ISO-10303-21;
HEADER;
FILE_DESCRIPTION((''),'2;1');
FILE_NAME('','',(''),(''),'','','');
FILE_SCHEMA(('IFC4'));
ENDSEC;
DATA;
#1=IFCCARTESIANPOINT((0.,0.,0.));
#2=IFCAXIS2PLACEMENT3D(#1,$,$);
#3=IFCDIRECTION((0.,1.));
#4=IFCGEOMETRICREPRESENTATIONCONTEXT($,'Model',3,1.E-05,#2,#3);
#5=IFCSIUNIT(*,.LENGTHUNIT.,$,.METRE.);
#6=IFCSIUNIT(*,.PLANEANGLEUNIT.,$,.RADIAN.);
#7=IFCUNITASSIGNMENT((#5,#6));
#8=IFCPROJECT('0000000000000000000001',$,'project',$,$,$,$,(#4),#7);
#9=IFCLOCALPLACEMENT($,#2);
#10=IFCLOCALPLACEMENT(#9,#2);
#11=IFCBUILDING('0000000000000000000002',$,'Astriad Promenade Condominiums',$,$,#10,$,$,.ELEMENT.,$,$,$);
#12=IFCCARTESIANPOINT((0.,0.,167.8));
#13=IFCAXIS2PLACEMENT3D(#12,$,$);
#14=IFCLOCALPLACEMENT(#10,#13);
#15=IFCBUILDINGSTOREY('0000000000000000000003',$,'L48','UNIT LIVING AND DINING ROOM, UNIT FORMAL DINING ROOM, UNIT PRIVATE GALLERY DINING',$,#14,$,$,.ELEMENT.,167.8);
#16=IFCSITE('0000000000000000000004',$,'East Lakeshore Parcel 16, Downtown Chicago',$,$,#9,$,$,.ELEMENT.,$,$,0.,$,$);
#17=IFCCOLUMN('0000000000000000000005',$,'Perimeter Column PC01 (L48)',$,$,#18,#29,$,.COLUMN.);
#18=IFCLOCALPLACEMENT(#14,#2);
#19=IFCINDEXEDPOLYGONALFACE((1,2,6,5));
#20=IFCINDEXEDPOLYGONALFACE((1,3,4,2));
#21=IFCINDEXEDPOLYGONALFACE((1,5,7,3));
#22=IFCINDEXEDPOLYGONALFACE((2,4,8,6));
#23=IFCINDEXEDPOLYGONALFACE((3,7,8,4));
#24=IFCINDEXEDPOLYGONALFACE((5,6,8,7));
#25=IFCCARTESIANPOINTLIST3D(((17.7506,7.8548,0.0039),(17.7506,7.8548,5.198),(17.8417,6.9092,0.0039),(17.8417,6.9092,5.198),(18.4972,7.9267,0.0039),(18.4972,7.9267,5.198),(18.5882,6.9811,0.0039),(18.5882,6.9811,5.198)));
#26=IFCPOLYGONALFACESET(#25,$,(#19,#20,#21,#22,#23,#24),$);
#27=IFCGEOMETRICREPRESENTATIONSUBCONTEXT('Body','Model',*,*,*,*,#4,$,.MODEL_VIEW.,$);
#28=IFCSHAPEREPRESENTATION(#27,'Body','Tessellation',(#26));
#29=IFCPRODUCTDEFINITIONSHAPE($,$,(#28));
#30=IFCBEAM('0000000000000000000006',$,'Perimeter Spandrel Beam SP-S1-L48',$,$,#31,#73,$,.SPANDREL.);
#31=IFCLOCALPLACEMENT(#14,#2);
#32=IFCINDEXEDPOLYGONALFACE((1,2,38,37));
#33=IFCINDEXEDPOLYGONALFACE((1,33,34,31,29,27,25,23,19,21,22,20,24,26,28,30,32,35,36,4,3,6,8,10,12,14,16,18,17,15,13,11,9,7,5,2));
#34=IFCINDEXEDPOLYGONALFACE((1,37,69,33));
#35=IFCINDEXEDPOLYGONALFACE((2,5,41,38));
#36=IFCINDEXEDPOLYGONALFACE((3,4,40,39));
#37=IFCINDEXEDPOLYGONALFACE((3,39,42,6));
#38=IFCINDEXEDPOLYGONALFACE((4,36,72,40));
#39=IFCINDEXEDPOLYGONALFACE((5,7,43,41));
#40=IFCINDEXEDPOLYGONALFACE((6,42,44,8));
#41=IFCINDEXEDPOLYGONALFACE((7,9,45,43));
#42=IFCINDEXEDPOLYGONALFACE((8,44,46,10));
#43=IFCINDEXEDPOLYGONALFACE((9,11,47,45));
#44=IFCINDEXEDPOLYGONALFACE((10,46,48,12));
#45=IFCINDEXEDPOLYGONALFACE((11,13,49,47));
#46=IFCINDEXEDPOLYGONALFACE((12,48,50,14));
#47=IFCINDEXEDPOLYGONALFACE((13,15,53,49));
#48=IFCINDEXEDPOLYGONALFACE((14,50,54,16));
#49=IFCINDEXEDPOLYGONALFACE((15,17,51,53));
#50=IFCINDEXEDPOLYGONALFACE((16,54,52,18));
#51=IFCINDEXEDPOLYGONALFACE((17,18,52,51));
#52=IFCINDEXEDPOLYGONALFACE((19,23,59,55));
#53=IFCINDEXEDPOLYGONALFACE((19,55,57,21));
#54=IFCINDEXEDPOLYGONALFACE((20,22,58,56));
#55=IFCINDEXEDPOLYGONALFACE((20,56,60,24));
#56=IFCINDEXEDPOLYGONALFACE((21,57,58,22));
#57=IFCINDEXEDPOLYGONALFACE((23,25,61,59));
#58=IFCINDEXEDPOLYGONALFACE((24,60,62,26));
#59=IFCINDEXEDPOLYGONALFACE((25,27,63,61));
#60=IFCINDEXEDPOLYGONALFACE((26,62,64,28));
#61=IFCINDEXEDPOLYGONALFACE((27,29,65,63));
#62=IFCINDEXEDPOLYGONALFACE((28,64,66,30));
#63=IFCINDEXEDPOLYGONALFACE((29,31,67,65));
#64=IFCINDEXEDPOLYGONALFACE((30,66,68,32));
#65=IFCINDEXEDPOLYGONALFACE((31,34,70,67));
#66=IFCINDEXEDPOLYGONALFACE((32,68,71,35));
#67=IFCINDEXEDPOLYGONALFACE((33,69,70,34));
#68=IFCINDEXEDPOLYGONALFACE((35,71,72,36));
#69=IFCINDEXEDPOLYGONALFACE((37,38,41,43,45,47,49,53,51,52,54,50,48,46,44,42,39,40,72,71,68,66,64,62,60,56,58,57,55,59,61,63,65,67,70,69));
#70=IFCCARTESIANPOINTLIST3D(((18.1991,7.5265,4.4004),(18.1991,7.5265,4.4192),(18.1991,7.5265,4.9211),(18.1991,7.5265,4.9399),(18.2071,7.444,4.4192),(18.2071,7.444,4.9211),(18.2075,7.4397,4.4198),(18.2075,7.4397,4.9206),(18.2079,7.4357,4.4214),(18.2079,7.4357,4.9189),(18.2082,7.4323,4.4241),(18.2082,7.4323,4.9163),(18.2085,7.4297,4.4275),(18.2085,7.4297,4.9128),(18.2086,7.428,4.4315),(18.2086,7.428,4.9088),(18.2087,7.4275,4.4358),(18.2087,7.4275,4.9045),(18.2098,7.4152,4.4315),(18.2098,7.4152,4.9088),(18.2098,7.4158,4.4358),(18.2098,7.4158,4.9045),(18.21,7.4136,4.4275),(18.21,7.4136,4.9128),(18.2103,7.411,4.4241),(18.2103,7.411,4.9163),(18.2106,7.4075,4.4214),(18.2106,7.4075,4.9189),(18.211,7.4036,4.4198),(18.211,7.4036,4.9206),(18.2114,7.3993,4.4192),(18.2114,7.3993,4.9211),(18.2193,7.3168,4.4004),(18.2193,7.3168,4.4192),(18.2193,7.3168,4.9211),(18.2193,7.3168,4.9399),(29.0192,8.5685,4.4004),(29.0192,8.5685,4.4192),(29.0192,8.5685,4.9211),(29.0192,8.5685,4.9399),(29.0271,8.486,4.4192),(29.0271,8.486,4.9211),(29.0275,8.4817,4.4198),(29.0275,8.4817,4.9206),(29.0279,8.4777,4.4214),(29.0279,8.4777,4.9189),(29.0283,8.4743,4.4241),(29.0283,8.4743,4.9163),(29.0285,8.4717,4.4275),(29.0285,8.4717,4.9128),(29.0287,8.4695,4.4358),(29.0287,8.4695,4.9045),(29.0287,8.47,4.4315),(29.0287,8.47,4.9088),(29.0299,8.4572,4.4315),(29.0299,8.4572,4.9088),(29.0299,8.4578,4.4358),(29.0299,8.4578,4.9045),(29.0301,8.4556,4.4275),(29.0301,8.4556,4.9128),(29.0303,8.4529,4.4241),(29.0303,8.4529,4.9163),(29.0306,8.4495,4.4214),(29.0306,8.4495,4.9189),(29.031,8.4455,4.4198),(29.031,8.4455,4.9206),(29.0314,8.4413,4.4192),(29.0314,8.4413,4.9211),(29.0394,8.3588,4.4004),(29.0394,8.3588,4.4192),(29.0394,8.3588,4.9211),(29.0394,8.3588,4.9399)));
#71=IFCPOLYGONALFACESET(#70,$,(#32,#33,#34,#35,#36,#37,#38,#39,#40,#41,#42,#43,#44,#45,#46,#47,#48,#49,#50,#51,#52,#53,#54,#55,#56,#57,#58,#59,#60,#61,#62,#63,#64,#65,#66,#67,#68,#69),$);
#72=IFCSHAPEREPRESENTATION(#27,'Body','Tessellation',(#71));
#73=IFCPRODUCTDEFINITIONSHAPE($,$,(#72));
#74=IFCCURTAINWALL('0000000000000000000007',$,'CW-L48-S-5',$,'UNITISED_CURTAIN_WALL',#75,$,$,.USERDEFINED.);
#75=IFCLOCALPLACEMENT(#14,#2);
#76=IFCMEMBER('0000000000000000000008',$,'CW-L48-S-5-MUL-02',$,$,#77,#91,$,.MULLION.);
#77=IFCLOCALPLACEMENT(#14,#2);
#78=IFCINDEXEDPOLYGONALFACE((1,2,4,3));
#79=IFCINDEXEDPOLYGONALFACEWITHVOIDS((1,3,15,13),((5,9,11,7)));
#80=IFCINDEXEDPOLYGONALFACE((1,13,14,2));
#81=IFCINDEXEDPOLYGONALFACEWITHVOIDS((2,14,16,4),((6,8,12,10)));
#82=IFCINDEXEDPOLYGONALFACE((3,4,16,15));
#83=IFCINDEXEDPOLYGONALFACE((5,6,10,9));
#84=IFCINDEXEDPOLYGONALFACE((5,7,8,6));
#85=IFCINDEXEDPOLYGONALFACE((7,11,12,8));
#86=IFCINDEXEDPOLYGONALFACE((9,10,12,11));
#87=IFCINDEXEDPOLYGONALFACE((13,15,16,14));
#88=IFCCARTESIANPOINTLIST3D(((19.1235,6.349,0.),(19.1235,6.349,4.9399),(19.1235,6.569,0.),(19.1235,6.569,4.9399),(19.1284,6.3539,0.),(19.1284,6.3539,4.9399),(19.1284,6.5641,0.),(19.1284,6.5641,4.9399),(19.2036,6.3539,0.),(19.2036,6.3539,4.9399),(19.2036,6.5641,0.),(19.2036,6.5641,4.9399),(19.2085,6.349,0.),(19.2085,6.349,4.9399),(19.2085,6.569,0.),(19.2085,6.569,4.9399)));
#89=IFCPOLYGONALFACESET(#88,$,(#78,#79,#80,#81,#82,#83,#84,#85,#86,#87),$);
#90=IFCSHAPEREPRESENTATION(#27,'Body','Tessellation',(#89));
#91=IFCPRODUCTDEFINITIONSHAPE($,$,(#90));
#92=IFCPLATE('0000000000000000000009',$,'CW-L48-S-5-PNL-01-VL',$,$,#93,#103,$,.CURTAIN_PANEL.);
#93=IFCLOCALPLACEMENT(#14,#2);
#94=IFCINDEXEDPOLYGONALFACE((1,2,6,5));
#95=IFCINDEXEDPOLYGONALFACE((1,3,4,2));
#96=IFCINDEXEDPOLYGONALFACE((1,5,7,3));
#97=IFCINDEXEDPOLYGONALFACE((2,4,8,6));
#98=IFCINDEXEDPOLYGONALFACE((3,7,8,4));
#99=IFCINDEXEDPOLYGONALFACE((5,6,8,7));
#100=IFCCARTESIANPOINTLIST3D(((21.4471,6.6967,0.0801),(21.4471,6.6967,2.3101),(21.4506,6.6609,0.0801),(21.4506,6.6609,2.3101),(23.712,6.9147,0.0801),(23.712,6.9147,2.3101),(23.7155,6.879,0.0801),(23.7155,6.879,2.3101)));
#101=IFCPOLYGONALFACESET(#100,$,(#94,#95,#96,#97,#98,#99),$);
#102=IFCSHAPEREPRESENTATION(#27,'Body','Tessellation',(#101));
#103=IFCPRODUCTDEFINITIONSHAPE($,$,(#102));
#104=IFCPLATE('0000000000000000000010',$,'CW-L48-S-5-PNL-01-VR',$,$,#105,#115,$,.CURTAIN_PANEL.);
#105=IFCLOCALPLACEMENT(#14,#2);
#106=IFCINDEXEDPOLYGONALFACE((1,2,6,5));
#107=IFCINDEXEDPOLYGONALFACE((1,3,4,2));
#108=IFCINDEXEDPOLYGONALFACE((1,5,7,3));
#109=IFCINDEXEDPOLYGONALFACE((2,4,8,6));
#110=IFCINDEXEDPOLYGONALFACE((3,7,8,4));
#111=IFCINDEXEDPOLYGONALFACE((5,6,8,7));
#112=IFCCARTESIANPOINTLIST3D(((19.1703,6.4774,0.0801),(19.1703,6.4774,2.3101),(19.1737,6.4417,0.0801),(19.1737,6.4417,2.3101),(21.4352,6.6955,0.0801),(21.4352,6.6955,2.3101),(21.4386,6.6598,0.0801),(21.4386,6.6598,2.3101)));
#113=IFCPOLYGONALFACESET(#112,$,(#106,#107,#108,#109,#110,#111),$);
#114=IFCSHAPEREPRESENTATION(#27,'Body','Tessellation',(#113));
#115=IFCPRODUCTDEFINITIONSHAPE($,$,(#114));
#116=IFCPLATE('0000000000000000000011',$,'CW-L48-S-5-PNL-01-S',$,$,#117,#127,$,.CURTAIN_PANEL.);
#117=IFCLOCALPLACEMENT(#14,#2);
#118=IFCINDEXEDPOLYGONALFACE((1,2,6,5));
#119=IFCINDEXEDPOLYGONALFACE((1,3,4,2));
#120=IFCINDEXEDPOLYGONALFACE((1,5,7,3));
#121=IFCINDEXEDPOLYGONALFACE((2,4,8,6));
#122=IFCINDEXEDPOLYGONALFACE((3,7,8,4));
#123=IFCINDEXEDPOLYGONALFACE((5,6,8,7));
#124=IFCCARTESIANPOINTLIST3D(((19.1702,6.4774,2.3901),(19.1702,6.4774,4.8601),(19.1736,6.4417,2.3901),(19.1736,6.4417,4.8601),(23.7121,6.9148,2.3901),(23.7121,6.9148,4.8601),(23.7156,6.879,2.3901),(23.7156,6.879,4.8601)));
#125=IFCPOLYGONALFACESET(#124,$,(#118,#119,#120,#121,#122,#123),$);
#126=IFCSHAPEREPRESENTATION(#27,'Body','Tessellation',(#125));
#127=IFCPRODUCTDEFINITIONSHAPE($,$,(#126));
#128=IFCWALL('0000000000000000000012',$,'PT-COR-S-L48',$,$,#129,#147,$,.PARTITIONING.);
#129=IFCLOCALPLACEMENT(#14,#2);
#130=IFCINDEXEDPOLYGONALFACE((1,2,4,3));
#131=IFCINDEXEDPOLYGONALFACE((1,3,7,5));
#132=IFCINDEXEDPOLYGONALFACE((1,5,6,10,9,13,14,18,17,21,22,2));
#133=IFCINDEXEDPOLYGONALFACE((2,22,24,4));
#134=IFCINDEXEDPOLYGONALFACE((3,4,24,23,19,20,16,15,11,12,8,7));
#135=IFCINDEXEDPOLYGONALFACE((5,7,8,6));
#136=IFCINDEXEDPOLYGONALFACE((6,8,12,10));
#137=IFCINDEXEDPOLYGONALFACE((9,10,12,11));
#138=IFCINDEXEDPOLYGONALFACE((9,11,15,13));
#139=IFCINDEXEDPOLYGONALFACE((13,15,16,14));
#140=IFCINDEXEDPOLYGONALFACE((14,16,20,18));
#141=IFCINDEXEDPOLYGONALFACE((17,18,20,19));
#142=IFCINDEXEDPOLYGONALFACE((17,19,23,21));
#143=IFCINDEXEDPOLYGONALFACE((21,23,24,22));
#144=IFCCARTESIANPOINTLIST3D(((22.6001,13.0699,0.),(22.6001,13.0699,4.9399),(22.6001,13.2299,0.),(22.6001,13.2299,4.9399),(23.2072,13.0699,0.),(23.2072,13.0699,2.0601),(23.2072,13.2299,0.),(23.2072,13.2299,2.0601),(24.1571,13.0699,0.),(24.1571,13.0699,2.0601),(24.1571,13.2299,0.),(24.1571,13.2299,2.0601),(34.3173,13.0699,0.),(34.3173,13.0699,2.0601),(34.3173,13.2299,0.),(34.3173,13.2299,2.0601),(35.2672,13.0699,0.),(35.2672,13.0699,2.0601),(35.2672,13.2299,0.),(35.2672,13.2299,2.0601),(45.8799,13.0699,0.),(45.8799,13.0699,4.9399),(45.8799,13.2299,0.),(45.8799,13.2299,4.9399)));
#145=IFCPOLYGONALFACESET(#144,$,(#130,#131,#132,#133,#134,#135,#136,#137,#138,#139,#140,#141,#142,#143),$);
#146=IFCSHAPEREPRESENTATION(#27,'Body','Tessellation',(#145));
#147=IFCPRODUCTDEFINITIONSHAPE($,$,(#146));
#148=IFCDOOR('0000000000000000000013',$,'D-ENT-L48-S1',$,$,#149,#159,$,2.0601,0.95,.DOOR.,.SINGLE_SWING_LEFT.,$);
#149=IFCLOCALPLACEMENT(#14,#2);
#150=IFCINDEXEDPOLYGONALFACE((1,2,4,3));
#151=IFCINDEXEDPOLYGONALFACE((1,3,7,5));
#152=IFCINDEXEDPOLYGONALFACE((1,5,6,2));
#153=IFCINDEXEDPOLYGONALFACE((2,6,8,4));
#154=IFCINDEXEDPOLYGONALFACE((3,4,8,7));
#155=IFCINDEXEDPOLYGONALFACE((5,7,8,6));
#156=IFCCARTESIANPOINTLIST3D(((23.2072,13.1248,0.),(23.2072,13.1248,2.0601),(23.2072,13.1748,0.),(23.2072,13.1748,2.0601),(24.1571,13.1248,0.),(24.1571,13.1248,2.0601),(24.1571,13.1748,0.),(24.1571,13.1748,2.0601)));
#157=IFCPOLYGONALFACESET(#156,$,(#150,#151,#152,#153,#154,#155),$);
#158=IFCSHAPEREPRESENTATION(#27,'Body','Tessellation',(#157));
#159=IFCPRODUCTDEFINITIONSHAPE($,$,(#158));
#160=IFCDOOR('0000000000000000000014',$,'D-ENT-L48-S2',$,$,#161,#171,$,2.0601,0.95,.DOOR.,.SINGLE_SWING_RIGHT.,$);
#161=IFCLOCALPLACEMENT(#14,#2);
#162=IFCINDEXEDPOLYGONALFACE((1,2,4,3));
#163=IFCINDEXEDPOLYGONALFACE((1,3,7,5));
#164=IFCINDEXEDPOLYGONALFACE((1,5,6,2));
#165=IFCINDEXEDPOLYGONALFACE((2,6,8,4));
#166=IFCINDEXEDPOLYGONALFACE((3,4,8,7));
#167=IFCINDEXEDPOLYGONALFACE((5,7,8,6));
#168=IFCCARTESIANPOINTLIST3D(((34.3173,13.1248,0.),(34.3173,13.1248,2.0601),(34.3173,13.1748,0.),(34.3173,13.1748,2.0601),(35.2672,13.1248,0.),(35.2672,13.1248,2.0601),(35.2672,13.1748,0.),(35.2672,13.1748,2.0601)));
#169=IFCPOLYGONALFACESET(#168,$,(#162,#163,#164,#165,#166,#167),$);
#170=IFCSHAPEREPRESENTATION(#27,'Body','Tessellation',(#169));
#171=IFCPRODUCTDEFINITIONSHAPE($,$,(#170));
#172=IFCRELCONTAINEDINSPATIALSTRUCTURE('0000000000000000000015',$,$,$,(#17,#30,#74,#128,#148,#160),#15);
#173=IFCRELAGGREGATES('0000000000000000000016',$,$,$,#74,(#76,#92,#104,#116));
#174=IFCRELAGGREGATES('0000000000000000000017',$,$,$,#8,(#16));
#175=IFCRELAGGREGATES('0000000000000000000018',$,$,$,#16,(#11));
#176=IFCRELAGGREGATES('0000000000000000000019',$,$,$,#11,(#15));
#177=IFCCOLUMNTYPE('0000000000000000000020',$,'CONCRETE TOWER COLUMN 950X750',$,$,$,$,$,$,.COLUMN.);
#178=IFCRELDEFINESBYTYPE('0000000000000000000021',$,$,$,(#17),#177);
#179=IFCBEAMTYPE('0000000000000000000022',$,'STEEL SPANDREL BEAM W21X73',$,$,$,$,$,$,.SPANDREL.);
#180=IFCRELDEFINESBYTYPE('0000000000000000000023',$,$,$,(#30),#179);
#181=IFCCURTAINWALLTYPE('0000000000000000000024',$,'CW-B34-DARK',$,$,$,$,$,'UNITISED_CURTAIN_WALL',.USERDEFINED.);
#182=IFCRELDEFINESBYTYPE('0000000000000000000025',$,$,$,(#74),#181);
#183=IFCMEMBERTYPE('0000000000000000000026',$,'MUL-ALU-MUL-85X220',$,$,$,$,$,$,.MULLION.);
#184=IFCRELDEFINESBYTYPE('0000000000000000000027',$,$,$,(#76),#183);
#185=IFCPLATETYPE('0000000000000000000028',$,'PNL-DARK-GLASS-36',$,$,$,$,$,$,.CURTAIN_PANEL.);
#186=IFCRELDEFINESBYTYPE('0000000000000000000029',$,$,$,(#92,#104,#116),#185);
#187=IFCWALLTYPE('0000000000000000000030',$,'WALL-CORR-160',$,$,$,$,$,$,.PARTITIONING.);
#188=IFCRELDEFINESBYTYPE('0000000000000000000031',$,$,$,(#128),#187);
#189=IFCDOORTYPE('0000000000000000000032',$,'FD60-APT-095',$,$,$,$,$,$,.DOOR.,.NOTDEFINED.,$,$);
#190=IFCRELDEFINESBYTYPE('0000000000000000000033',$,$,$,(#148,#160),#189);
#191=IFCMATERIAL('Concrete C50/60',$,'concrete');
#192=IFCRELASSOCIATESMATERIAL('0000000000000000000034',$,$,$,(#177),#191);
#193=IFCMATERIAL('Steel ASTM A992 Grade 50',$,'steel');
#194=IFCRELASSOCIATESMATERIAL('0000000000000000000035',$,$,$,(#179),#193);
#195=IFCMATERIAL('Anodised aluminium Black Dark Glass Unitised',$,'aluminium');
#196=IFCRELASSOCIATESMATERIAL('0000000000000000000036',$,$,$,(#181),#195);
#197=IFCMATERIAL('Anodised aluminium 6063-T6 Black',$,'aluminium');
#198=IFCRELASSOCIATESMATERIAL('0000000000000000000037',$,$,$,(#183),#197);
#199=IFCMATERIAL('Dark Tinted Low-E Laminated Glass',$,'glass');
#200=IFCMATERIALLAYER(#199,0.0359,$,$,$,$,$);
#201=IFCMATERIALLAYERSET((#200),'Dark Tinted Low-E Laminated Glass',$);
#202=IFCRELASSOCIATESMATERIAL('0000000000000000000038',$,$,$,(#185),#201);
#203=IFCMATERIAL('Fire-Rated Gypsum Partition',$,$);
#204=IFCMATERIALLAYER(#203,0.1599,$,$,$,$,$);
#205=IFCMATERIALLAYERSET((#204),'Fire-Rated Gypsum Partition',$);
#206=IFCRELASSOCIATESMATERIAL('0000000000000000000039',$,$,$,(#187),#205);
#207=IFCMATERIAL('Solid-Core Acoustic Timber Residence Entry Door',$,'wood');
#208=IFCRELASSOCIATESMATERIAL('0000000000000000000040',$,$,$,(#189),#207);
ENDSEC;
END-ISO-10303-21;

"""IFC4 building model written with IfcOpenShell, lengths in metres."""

from ifc_helpers import new_model, si_unit, direction, frame, frame_2d, origin, origin_2d, place, context, subcontext, project, spatial, rectangle, hollow_rectangle, i_section, extrude, source, transform, mapped, material, layer, layer_set, material_profile, profile_set, type_object, type_shapes, element, fill, aggregate, save


model = new_model("IFC4")

# Units and contexts
model_context = context("Model", 3, precision=1e-05, world=origin(), true_north=direction((0.0, 1.0)))
body_context = subcontext(model_context, "Body", "Model", "MODEL_VIEW")
ifc_project = project(units=[si_unit("LENGTHUNIT", "METRE"), si_unit("PLANEANGLEUNIT", "RADIAN")], contexts=[model_context])

# Site, building, storey
site_placement = place(None, origin())
site = spatial("IfcSite", under=ifc_project, at=site_placement, Name="East Lakeshore Parcel 16, Downtown Chicago", CompositionType="ELEMENT", RefElevation=0.0)
building_placement = place(site_placement, origin())
building = spatial("IfcBuilding", under=site, at=building_placement, Name="Astriad Promenade Condominiums", CompositionType="ELEMENT")
storey_placement = place(building_placement, frame((0.0, 0.0, 167.8)))
storey = spatial("IfcBuildingStorey", under=building, at=storey_placement, Name="L48", Description="UNIT LIVING AND DINING ROOM, UNIT FORMAL DINING ROOM, UNIT PRIVATE GALLERY DINING", CompositionType="ELEMENT", Elevation=167.8)

# Column
ifc_material_1 = material(Name="Concrete C50/60", Category="concrete")
ifc_material_profile_1 = material_profile(ifc_material_1, rectangle(XDim=0.75, YDim=0.95, at=origin_2d()), Name="RC-COL-950X750")
ifc_profile_set_1 = profile_set([ifc_material_profile_1], Name="Concrete C50/60")
column_type = type_object("IfcColumnType", Name="CONCRETE TOWER COLUMN 950X750", PredefinedType="COLUMN", material=ifc_profile_set_1)
shared_shape_1 = source(origin(), body_context, "Body", "SweptSolid", [
    extrude(rectangle(XDim=0.75, YDim=0.95, at=origin_2d()), origin(), (0.0, 0.0, 1.0), 5.1941),
])
type_shapes(column_type, [shared_shape_1])
column_placement = place(storey_placement, frame((18.1694, 7.418, 0.0039), z_axis=(0.0, 0.0, 1.0), x_axis=(0.995396, 0.095846, 0.0)))
element("IfcColumn", 1, at=column_placement, inside=storey, type_object=column_type, Name="Perimeter Column PC01 (L48)", PredefinedType="COLUMN", context=body_context, shape_type="MappedRepresentation", body=[
    mapped(shared_shape_1, transform((0.0, 0.0, 0.0), scale=1.0)),
])

# Beam
ifc_material_2 = material(Name="Steel ASTM A992 Grade 50", Category="steel")
ifc_material_profile_2 = material_profile(ifc_material_2, i_section(OverallWidth=0.2107, OverallDepth=0.5396, WebThickness=0.0117, FlangeThickness=0.0188, FilletRadius=0.0166, at=origin_2d()), Name="W21X73")
ifc_profile_set_2 = profile_set([ifc_material_profile_2], Name="Steel ASTM A992 Grade 50")
beam_type = type_object("IfcBeamType", Name="STEEL SPANDREL BEAM W21X73", PredefinedType="SPANDREL", material=ifc_profile_set_2)
shared_shape_2 = source(origin(), body_context, "Body", "SweptSolid", [
    extrude(i_section(OverallWidth=0.2107, OverallDepth=0.5396, WebThickness=0.0117, FlangeThickness=0.0188, FilletRadius=0.0166, at=origin_2d()), origin(), (0.0, 0.0, 1.0), 10.8701),
])
type_shapes(beam_type, [shared_shape_2])
beam_placement = place(storey_placement, frame((18.2092, 7.4216, 4.6702), z_axis=(0.995395, 0.095858, 0.0), x_axis=(-0.095858, 0.995395, 0.0)))
element("IfcBeam", 2, at=beam_placement, inside=storey, type_object=beam_type, Name="Perimeter Spandrel Beam SP-S1-L48", PredefinedType="SPANDREL", context=body_context, shape_type="MappedRepresentation", body=[
    mapped(shared_shape_2, transform((0.0, 0.0, 0.0), scale=1.0)),
])

# Curtain wall, member, plates
ifc_material_3 = material(Name="Anodised aluminium Black Dark Glass Unitised", Category="aluminium")
curtain_wall_type = type_object("IfcCurtainWallType", Name="CW-B34-DARK", ElementType="UNITISED_CURTAIN_WALL", PredefinedType="USERDEFINED", material=ifc_material_3)
curtain_wall_placement = place(storey_placement, origin())
curtain_wall = element("IfcCurtainWall", 3, at=curtain_wall_placement, inside=storey, type_object=curtain_wall_type, Name="CW-L48-S-5", ObjectType="UNITISED_CURTAIN_WALL", PredefinedType="USERDEFINED")
ifc_material_4 = material(Name="Anodised aluminium 6063-T6 Black", Category="aluminium")
ifc_material_profile_3 = material_profile(ifc_material_4, hollow_rectangle(XDim=0.085, YDim=0.22, WallThickness=0.0049, at=origin_2d()), Name="ALU-MUL-85X220")
ifc_profile_set_3 = profile_set([ifc_material_profile_3], Name="Anodised aluminium 6063-T6 Black")
member_type = type_object("IfcMemberType", Name="MUL-ALU-MUL-85X220", PredefinedType="MULLION", material=ifc_profile_set_3)
shared_shape_3 = source(origin(), body_context, "Body", "SweptSolid", [
    extrude(hollow_rectangle(XDim=0.085, YDim=0.22, WallThickness=0.0049, at=origin_2d()), origin(), (0.0, 0.0, 1.0), 4.9399),
])
type_shapes(member_type, [shared_shape_3])
member_placement = place(storey_placement, frame((19.166, 6.459, 0.0), z_axis=(0.0, 0.0, 1.0), x_axis=(1.0, 0.0, 0.0)))
member = element("IfcMember", 4, at=member_placement, type_object=member_type, Name="CW-L48-S-5-MUL-02", PredefinedType="MULLION", context=body_context, shape_type="MappedRepresentation", body=[
    mapped(shared_shape_3, transform((0.0, 0.0, 0.0), scale=1.0)),
])
ifc_material_5 = material(Name="Dark Tinted Low-E Laminated Glass", Category="glass")
ifc_layer_1 = layer(ifc_material_5, 0.0359)
ifc_layer_set_1 = layer_set([ifc_layer_1], Name="Dark Tinted Low-E Laminated Glass")
plate_type = type_object("IfcPlateType", Name="PNL-DARK-GLASS-36", PredefinedType="CURTAIN_PANEL", material=ifc_layer_set_1)
shared_shape_4 = source(origin(), body_context, "Body", "SweptSolid", [
    extrude(rectangle(XDim=2.2754, YDim=0.0359, at=origin_2d()), origin(), (0.0, 0.0, 1.0), 2.23),
])
plate_1_placement = place(storey_placement, frame((22.5813, 6.7878, 0.0801), z_axis=(0.0, 0.0, 1.0), x_axis=(-0.995396, -0.095846, 0.0)))
plate_1 = element("IfcPlate", 5, at=plate_1_placement, type_object=plate_type, Name="CW-L48-S-5-PNL-01-VL", PredefinedType="CURTAIN_PANEL", context=body_context, shape_type="MappedRepresentation", body=[
    mapped(shared_shape_4, transform((0.0, 0.0, 0.0), scale=1.0)),
])
plate_2_placement = place(storey_placement, frame((20.3044, 6.5686, 0.0801), z_axis=(0.0, 0.0, 1.0), x_axis=(-0.995396, -0.095846, 0.0)))
plate_2 = element("IfcPlate", 6, at=plate_2_placement, type_object=plate_type, Name="CW-L48-S-5-PNL-01-VR", PredefinedType="CURTAIN_PANEL", context=body_context, shape_type="MappedRepresentation", body=[
    mapped(shared_shape_4, transform((0.0, 0.0, 0.0), scale=1.0)),
])
shared_shape_5 = source(origin(), body_context, "Body", "SweptSolid", [
    extrude(rectangle(XDim=4.563, YDim=0.0359, at=origin_2d()), origin(), (0.0, 0.0, 1.0), 2.47),
])
type_shapes(plate_type, [shared_shape_4, shared_shape_5])
plate_3_placement = place(storey_placement, frame((21.4429, 6.6782, 2.3901), z_axis=(0.0, 0.0, 1.0), x_axis=(-0.995396, -0.095846, 0.0)))
plate_3 = element("IfcPlate", 7, at=plate_3_placement, type_object=plate_type, Name="CW-L48-S-5-PNL-01-S", PredefinedType="CURTAIN_PANEL", context=body_context, shape_type="MappedRepresentation", body=[
    mapped(shared_shape_5, transform((0.0, 0.0, 0.0), scale=1.0)),
])
aggregate(curtain_wall, [member, plate_1, plate_2, plate_3])

# Wall, openings, doors
ifc_material_6 = material(Name="Fire-Rated Gypsum Partition")
ifc_layer_2 = layer(ifc_material_6, 0.1599)
ifc_layer_set_2 = layer_set([ifc_layer_2], Name="Fire-Rated Gypsum Partition")
wall_type_1 = type_object("IfcWallType", Name="WALL-CORR-160", PredefinedType="PARTITIONING", material=ifc_layer_set_2)
wall_1_placement = place(storey_placement, frame((22.6001, 13.1499, 0.0), z_axis=(0.0, 0.0, 1.0), x_axis=(1.0, 0.0, 0.0)))
wall_1 = element("IfcWall", 8, at=wall_1_placement, inside=storey, type_object=wall_type_1, Name="PT-COR-S-L48", PredefinedType="PARTITIONING", context=body_context, shape_type="SweptSolid", body=[
    extrude(rectangle(XDim=23.2798, YDim=0.1599, at=frame_2d((11.6399, 0.0))), origin(), (0.0, 0.0, 1.0), 4.9399),
])
opening_1_placement = place(wall_1_placement, frame((0.6069, 0.0, 0.0)))
opening_1 = element("IfcOpeningElement", 9, at=opening_1_placement, cuts=wall_1, PredefinedType="OPENING", context=body_context, shape_type="SweptSolid", body=[
    extrude(rectangle(XDim=0.95, YDim=2.0601, at=frame_2d((0.4751, 1.03))), frame((0.0, 0.0898, 0.0), z_axis=(0.0, -1.0, 0.0), x_axis=(1.0, 0.0, 0.0)), (0.0, 0.0, 1.0), 0.1799),
])
opening_2_placement = place(wall_1_placement, frame((11.717, 0.0, 0.0)))
opening_2 = element("IfcOpeningElement", 10, at=opening_2_placement, cuts=wall_1, PredefinedType="OPENING", context=body_context, shape_type="SweptSolid", body=[
    extrude(rectangle(XDim=0.95, YDim=2.0601, at=frame_2d((0.4751, 1.03))), frame((0.0, 0.0898, 0.0), z_axis=(0.0, -1.0, 0.0), x_axis=(1.0, 0.0, 0.0)), (0.0, 0.0, 1.0), 0.1799),
])
ifc_material_7 = material(Name="Solid-Core Acoustic Timber Residence Entry Door", Category="wood")
door_type_1 = type_object("IfcDoorType", Name="FD60-APT-095", OperationType="NOTDEFINED", PredefinedType="DOOR", material=ifc_material_7)
shared_shape_6 = source(origin(), body_context, "Body", "SweptSolid", [
    extrude(rectangle(XDim=0.95, YDim=2.0601, at=frame_2d((0.4751, 1.03))), frame((0.0, 0.0249, 0.0), z_axis=(0.0, -1.0, 0.0), x_axis=(1.0, 0.0, 0.0)), (0.0, 0.0, 1.0), 0.05),
])
type_shapes(door_type_1, [shared_shape_6])
door_1_placement = place(opening_1_placement, origin())
door_1 = element("IfcDoor", 11, at=door_1_placement, inside=storey, type_object=door_type_1, Name="D-ENT-L48-S1", OperationType="SINGLE_SWING_LEFT", OverallHeight=2.0601, OverallWidth=0.95, PredefinedType="DOOR", context=body_context, shape_type="MappedRepresentation", body=[
    mapped(shared_shape_6, transform((0.0, 0.0, 0.0), scale=1.0)),
])
fill(opening_1, door_1)
door_2_placement = place(opening_2_placement, origin())
door_2 = element("IfcDoor", 12, at=door_2_placement, inside=storey, type_object=door_type_1, Name="D-ENT-L48-S2", OperationType="SINGLE_SWING_RIGHT", OverallHeight=2.0601, OverallWidth=0.95, PredefinedType="DOOR", context=body_context, shape_type="MappedRepresentation", body=[
    mapped(shared_shape_6, transform((0.0, 0.0, 0.0), scale=1.0)),
])
fill(opening_2, door_2)

save(model, "model.ifc")
